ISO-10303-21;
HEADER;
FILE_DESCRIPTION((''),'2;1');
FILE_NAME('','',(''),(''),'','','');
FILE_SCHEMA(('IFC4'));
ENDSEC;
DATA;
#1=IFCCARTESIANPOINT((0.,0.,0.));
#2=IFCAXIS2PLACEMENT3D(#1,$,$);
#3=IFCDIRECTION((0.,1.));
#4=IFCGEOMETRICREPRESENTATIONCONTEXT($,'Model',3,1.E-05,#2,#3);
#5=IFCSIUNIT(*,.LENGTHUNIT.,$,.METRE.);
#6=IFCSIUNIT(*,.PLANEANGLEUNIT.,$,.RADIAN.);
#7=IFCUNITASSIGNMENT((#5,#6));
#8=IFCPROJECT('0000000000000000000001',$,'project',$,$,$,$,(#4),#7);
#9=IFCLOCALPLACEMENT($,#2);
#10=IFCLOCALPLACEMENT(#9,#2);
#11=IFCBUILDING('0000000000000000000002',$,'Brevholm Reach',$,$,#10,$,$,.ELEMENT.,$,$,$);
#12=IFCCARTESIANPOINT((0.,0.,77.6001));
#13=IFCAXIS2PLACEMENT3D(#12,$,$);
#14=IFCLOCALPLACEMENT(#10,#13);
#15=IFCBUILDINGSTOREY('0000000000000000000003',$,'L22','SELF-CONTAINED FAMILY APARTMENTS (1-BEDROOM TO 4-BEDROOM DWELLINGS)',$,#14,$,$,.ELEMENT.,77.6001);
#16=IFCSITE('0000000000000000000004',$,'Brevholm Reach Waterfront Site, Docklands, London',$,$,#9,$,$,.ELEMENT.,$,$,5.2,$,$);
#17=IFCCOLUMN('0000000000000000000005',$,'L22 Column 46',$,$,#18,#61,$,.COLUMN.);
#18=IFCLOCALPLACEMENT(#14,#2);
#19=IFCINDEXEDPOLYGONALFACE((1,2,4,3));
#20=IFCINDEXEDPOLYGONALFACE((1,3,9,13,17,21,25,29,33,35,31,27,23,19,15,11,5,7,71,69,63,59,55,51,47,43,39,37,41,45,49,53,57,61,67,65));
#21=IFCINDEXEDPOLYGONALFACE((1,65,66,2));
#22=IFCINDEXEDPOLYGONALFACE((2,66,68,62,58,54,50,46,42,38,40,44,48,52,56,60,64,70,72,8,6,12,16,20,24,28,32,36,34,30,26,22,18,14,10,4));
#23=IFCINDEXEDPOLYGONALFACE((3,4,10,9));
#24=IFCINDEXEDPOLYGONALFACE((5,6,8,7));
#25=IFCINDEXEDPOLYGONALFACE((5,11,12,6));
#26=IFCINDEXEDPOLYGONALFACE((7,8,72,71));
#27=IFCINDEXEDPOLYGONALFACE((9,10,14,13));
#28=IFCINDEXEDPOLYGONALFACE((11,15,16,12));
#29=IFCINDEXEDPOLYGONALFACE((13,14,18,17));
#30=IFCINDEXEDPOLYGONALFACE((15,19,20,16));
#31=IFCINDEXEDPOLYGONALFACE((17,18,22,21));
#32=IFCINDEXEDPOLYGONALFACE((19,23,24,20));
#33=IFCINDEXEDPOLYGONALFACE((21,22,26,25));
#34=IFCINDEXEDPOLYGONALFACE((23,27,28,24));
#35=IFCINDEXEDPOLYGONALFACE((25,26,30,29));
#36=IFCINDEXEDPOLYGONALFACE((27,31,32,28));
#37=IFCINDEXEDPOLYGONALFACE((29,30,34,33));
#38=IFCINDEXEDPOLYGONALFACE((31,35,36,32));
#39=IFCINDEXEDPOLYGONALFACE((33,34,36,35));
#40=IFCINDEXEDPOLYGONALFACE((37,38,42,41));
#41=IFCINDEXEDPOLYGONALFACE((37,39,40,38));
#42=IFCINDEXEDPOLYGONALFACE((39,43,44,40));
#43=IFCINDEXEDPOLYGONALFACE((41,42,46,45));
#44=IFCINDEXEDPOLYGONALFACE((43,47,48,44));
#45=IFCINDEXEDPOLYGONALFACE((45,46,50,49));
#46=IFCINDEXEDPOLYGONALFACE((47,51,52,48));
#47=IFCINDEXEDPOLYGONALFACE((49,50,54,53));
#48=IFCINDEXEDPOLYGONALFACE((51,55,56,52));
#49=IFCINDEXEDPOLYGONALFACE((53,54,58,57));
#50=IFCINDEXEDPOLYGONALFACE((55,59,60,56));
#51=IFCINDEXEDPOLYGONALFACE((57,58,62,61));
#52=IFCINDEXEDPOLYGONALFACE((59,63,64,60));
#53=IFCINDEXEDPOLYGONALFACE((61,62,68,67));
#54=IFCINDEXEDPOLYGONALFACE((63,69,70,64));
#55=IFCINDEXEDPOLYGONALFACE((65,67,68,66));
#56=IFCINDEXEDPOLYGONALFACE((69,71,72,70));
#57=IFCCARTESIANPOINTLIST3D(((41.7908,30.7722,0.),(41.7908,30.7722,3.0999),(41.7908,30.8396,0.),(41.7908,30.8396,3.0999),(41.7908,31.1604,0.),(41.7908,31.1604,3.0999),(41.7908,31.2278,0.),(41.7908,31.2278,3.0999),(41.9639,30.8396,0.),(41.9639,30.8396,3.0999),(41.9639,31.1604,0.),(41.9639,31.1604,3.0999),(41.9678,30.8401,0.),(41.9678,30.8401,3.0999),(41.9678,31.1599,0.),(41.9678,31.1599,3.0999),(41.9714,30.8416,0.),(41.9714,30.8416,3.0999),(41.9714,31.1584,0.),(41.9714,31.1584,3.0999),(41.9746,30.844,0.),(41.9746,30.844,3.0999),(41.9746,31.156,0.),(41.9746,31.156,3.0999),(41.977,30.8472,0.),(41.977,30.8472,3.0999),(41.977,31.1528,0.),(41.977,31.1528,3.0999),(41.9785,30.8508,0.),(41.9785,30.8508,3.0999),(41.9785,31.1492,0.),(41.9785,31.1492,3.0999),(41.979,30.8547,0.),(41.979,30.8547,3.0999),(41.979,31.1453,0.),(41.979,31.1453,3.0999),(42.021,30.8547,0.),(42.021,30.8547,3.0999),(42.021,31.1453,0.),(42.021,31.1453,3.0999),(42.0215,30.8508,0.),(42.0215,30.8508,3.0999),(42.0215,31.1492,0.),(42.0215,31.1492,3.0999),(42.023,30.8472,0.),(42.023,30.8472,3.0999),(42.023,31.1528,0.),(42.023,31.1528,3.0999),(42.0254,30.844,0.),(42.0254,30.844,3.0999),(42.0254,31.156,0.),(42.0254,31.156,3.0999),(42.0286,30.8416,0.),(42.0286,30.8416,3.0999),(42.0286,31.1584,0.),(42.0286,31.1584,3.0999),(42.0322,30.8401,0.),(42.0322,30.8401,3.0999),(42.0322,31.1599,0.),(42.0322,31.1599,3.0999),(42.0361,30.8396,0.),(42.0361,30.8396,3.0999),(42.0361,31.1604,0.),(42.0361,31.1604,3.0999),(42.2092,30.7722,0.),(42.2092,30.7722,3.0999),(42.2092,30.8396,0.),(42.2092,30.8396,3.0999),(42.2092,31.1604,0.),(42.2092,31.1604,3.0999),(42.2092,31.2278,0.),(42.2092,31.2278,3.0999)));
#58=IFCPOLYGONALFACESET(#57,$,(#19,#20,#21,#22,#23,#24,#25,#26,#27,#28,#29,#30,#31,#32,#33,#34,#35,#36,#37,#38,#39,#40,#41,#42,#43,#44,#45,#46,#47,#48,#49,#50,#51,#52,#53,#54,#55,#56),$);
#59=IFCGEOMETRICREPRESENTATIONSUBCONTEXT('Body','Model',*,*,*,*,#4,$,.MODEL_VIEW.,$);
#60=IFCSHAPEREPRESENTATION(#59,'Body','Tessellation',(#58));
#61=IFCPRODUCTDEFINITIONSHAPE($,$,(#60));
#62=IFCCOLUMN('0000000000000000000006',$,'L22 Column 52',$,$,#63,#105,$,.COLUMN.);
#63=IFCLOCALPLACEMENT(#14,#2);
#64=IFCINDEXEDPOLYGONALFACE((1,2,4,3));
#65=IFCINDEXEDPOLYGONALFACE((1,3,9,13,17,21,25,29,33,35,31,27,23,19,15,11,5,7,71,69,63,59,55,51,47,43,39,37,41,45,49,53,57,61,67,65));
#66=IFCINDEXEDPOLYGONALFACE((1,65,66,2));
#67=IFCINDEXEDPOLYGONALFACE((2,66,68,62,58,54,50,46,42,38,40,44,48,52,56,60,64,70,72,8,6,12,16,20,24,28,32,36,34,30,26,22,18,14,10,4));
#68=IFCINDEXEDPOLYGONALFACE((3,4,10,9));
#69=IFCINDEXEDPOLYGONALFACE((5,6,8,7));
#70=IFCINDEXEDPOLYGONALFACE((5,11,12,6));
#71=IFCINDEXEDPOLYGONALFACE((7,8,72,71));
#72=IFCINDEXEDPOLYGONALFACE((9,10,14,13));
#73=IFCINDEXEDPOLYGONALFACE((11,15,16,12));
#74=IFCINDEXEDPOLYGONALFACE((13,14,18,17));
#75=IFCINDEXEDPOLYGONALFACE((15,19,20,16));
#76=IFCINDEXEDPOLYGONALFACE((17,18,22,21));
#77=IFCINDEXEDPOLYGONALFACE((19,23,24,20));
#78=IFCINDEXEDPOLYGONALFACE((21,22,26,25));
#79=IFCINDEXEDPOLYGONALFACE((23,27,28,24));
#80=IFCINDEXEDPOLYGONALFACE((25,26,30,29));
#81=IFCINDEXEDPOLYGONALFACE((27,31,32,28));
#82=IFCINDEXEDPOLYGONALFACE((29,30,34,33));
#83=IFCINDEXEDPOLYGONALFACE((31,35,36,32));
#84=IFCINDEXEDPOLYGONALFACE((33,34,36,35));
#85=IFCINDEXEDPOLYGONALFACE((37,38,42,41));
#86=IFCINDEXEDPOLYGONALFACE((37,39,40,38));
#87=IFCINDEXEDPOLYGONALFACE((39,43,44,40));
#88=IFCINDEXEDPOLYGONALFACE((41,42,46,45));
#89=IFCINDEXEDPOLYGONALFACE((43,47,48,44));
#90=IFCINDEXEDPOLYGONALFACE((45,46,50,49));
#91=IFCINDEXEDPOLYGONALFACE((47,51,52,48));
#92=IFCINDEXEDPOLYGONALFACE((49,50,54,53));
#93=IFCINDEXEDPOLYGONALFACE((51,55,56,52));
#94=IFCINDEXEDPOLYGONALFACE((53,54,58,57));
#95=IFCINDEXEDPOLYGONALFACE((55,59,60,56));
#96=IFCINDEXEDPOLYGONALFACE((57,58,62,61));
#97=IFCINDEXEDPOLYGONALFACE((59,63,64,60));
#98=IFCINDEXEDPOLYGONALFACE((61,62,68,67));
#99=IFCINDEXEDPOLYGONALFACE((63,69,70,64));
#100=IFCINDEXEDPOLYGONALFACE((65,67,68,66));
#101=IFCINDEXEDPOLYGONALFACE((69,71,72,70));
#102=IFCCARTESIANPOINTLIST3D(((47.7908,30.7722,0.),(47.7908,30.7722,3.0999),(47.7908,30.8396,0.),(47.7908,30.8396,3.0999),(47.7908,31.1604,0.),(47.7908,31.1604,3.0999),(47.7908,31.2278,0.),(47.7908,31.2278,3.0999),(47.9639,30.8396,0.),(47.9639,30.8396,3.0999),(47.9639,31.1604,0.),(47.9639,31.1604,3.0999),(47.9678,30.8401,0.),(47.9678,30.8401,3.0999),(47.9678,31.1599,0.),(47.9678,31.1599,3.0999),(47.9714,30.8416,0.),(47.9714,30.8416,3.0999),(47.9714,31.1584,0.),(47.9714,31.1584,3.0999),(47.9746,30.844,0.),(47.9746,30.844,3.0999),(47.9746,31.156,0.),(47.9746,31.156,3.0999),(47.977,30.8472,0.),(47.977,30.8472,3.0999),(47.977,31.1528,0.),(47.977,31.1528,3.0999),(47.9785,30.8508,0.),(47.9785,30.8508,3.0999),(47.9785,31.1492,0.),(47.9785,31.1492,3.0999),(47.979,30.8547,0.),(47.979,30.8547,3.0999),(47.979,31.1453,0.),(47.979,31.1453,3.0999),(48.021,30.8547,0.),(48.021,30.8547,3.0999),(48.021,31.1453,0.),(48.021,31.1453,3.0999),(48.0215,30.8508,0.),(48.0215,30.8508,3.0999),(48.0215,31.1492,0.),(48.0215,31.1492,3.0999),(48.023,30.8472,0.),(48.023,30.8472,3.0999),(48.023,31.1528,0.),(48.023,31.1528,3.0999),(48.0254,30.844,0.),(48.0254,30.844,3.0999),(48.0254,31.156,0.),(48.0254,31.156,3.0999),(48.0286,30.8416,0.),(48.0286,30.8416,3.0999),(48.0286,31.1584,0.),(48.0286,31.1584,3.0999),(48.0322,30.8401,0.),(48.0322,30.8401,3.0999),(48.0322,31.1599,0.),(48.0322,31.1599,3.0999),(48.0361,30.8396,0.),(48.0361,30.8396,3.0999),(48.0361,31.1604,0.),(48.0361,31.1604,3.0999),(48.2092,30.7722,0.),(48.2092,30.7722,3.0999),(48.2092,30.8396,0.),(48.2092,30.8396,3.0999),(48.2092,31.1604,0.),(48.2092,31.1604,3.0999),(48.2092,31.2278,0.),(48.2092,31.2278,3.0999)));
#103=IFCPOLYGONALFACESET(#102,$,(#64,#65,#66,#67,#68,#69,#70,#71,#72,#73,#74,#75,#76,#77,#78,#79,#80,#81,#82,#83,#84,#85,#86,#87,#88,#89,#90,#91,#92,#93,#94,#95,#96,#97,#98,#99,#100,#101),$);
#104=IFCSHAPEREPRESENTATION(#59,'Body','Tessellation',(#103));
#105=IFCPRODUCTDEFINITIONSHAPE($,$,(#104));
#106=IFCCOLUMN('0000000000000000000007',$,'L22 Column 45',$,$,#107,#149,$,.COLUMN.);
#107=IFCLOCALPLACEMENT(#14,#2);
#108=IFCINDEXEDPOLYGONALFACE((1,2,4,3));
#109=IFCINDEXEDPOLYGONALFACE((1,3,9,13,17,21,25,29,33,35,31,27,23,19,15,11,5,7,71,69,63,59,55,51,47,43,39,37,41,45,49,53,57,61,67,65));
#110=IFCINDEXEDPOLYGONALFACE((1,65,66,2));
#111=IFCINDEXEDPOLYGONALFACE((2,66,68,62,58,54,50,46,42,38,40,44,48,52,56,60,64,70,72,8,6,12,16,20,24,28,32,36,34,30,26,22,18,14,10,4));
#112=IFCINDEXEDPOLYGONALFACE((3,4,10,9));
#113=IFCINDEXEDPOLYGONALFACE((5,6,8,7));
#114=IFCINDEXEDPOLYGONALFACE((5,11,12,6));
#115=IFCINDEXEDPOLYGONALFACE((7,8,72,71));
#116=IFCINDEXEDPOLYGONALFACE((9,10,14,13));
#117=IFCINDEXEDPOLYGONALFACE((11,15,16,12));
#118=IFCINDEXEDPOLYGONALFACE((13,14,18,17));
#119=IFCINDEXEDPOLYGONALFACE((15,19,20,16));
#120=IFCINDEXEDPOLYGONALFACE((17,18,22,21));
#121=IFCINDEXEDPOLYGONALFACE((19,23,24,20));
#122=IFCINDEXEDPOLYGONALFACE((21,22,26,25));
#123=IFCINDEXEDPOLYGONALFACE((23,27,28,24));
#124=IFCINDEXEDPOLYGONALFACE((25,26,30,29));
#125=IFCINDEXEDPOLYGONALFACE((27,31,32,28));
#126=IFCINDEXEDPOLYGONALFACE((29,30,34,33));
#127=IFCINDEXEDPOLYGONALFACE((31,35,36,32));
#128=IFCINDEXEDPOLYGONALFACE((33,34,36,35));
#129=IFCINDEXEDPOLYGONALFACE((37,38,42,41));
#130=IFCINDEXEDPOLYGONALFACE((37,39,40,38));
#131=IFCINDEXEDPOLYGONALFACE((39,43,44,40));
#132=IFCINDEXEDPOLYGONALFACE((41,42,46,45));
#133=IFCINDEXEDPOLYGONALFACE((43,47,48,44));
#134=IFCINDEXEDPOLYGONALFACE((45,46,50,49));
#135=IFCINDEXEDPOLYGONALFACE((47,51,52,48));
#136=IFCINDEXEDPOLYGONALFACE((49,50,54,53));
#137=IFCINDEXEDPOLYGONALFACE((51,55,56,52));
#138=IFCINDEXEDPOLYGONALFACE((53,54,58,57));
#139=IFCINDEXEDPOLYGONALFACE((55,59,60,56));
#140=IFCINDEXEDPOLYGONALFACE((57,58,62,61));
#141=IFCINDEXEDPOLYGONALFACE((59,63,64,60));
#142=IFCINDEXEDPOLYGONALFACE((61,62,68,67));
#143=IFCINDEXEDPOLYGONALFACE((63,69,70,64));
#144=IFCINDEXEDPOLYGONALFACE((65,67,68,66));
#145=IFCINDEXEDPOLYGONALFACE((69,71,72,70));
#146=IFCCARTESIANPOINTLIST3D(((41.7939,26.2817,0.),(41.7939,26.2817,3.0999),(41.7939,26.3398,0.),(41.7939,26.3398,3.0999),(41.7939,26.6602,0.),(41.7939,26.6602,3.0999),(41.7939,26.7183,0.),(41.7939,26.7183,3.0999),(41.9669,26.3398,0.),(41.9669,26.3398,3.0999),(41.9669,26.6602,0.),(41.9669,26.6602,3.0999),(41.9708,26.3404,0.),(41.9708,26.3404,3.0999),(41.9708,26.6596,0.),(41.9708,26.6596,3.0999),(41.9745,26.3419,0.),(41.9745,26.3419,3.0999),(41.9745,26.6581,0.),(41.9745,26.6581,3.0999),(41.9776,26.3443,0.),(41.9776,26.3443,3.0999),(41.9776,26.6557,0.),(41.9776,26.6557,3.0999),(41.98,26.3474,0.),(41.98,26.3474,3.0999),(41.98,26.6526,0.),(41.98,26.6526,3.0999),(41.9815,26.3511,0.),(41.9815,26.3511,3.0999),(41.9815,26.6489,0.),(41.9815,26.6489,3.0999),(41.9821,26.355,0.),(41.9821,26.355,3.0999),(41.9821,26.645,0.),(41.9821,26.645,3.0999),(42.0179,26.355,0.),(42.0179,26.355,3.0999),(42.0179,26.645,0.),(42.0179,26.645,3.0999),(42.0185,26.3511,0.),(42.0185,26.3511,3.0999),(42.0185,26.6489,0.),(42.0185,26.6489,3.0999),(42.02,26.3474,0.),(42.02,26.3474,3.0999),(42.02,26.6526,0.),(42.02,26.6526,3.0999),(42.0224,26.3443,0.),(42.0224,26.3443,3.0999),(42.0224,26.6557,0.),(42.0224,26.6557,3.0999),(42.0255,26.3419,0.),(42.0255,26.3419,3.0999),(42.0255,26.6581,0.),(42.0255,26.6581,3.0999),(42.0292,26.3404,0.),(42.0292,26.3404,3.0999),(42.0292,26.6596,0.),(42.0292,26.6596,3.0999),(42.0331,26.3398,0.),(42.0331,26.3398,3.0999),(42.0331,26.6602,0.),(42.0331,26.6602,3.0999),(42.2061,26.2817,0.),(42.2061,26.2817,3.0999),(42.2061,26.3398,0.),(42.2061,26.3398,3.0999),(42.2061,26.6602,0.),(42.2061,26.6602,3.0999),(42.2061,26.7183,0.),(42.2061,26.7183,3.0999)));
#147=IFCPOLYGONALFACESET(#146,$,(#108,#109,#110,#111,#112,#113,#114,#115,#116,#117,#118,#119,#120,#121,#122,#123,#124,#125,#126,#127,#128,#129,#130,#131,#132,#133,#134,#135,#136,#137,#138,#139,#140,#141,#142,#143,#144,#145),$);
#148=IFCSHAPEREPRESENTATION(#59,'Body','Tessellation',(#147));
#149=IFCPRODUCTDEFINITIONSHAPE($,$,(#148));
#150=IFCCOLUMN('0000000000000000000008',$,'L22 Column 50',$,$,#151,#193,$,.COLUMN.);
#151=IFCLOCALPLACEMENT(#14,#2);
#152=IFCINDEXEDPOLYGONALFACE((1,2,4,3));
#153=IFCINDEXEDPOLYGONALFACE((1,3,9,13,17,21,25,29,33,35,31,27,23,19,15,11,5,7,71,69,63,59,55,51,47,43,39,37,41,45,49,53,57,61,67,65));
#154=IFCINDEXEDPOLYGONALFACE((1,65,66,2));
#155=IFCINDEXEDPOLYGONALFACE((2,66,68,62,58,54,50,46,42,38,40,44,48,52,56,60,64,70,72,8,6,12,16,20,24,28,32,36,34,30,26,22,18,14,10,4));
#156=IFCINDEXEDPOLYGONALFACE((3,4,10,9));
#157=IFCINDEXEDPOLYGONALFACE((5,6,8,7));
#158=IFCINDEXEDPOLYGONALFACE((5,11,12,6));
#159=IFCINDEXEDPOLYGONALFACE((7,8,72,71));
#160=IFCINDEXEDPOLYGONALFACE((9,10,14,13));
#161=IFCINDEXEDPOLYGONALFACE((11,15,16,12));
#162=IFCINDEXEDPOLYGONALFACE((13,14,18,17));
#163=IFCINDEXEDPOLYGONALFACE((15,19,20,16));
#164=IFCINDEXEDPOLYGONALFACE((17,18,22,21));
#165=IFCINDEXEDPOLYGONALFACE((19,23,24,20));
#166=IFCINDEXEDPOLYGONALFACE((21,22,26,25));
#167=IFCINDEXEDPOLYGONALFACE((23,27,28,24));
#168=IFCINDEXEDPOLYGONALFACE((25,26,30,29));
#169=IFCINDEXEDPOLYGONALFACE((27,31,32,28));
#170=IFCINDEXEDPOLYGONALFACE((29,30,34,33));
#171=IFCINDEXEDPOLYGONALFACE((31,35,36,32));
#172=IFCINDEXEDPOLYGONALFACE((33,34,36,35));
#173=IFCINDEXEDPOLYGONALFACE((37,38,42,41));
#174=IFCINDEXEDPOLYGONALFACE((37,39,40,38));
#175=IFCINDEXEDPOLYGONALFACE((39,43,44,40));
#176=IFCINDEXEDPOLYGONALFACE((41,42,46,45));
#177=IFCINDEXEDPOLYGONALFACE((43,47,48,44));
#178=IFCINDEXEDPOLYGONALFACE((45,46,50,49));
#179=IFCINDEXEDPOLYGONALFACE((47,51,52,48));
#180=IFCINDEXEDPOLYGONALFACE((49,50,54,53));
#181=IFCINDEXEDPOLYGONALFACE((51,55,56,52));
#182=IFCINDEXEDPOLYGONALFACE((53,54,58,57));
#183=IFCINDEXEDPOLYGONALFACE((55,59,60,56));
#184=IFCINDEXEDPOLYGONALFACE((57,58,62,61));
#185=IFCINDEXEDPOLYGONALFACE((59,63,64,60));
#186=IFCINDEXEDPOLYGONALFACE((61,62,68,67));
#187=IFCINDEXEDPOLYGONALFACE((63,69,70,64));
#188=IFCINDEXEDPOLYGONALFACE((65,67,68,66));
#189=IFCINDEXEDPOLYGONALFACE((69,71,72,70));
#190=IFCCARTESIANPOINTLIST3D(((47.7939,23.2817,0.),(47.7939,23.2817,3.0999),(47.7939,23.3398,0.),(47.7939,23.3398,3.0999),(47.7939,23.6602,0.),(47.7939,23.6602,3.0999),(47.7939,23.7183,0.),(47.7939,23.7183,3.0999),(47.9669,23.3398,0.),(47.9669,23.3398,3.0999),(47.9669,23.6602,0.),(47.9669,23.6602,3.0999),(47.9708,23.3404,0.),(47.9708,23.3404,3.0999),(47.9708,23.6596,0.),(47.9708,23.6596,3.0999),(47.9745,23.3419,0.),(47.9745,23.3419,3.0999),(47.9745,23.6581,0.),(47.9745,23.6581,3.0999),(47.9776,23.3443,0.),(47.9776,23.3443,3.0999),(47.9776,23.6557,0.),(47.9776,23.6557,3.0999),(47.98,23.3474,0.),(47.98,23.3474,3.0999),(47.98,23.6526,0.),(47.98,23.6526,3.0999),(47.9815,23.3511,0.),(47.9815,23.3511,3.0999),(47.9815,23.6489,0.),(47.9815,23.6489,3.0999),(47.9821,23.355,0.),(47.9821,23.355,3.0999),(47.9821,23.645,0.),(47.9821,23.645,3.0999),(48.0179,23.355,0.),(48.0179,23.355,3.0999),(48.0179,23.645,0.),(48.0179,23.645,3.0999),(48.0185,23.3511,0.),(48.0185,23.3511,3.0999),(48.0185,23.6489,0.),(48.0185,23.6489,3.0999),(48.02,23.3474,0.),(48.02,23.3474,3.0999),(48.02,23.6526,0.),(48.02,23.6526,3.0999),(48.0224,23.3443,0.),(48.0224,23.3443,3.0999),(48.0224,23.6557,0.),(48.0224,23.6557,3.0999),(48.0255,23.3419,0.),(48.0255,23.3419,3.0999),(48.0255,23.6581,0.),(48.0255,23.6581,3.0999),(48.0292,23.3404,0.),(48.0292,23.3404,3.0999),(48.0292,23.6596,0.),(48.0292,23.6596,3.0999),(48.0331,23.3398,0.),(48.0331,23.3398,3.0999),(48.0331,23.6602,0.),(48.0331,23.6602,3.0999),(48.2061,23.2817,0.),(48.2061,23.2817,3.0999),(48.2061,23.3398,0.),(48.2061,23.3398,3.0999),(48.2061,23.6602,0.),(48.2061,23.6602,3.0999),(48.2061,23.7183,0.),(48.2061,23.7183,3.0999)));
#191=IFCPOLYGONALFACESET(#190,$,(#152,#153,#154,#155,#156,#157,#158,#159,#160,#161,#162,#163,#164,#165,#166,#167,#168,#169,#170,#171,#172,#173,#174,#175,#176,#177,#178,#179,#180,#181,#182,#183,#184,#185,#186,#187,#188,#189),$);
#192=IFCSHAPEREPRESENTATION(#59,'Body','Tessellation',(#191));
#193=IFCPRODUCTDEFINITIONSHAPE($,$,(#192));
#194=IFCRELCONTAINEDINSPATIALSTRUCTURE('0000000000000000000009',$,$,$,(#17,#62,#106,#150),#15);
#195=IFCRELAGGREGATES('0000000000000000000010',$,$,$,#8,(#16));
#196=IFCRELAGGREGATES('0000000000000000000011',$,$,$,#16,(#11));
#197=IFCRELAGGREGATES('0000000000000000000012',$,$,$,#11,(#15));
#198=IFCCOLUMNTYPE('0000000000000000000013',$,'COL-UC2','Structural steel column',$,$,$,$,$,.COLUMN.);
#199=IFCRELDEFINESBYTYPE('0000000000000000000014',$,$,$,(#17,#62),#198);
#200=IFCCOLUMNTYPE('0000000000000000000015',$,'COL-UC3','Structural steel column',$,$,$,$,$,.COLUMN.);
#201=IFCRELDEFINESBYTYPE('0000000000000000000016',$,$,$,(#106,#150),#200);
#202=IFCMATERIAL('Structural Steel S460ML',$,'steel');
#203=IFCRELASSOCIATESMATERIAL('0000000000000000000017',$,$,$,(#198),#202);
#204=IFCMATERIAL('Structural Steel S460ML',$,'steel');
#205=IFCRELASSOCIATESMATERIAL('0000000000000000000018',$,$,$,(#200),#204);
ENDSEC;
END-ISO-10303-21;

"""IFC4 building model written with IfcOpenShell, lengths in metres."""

from ifc_helpers import new_model, si_unit, direction, frame, origin, origin_2d, place, context, subcontext, project, spatial, i_section, extrude, material, material_profile, profile_set, type_object, element, save


model = new_model("IFC4")

# Units and contexts
model_context = context("Model", 3, precision=1e-05, world=origin(), true_north=direction((0.0, 1.0)))
body_context = subcontext(model_context, "Body", "Model", "MODEL_VIEW")
ifc_project = project(units=[si_unit("LENGTHUNIT", "METRE"), si_unit("PLANEANGLEUNIT", "RADIAN")], contexts=[model_context])

# Site, building, storey
site_placement = place(None, origin())
site = spatial("IfcSite", under=ifc_project, at=site_placement, Name="Brevholm Reach Waterfront Site, Docklands, London", CompositionType="ELEMENT", RefElevation=5.2)
building_placement = place(site_placement, origin())
building = spatial("IfcBuilding", under=site, at=building_placement, Name="Brevholm Reach", CompositionType="ELEMENT")
storey_placement = place(building_placement, frame((0.0, 0.0, 77.6001)))
storey = spatial("IfcBuildingStorey", under=building, at=storey_placement, Name="L22", Description="SELF-CONTAINED FAMILY APARTMENTS (1-BEDROOM TO 4-BEDROOM DWELLINGS)", CompositionType="ELEMENT", Elevation=77.6001)

# Columns
ifc_material_1 = material(Name="Structural Steel S460ML", Category="steel")
ifc_material_profile_1 = material_profile(ifc_material_1, i_section(OverallWidth=0.4185, OverallDepth=0.4556, WebThickness=0.042, FlangeThickness=0.0674, FilletRadius=0.0151, at=origin_2d()), Name="UKC 356x406x551")
ifc_profile_set_1 = profile_set([ifc_material_profile_1], Name="Structural Steel S460ML")
column_type_1 = type_object("IfcColumnType", Name="COL-UC2", Description="Structural steel column", PredefinedType="COLUMN", material=ifc_profile_set_1)
for number, where, z_axis, x_axis, name in (
    (1, (42.0, 31.0, 0.0), (0.0, 0.0, 1.0), (1.0, 0.0, 0.0), "L22 Column 46"),
    (2, (48.0, 31.0, 0.0), (0.0, 0.0, 1.0), (1.0, 0.0, 0.0), "L22 Column 52"),
):
    element("IfcColumn", number, at=place(storey_placement, frame(where, z_axis=z_axis, x_axis=x_axis)), inside=storey, type_object=column_type_1, Name=name, PredefinedType="COLUMN", context=body_context, shape_type="SweptSolid", body=[
        extrude(i_section(OverallWidth=0.4185, OverallDepth=0.4556, WebThickness=0.042, FlangeThickness=0.0674, FilletRadius=0.0151, at=origin_2d()), origin(), (0.0, 0.0, 1.0), 3.0999),
    ])
ifc_material_2 = material(Name="Structural Steel S460ML", Category="steel")
ifc_material_profile_2 = material_profile(ifc_material_2, i_section(OverallWidth=0.4121, OverallDepth=0.4365, WebThickness=0.0359, FlangeThickness=0.0581, FilletRadius=0.0151, at=origin_2d()), Name="UKC 356x406x467")
ifc_profile_set_2 = profile_set([ifc_material_profile_2], Name="Structural Steel S460ML")
column_type_2 = type_object("IfcColumnType", Name="COL-UC3", Description="Structural steel column", PredefinedType="COLUMN", material=ifc_profile_set_2)
for number, where, z_axis, x_axis, name in (
    (3, (42.0, 26.5, 0.0), (0.0, 0.0, 1.0), (1.0, 0.0, 0.0), "L22 Column 45"),
    (4, (48.0, 23.5, 0.0), (0.0, 0.0, 1.0), (1.0, 0.0, 0.0), "L22 Column 50"),
):
    element("IfcColumn", number, at=place(storey_placement, frame(where, z_axis=z_axis, x_axis=x_axis)), inside=storey, type_object=column_type_2, Name=name, PredefinedType="COLUMN", context=body_context, shape_type="SweptSolid", body=[
        extrude(i_section(OverallWidth=0.4121, OverallDepth=0.4365, WebThickness=0.0359, FlangeThickness=0.0581, FilletRadius=0.0151, at=origin_2d()), origin(), (0.0, 0.0, 1.0), 3.0999),
    ])

save(model, "model.ifc")
